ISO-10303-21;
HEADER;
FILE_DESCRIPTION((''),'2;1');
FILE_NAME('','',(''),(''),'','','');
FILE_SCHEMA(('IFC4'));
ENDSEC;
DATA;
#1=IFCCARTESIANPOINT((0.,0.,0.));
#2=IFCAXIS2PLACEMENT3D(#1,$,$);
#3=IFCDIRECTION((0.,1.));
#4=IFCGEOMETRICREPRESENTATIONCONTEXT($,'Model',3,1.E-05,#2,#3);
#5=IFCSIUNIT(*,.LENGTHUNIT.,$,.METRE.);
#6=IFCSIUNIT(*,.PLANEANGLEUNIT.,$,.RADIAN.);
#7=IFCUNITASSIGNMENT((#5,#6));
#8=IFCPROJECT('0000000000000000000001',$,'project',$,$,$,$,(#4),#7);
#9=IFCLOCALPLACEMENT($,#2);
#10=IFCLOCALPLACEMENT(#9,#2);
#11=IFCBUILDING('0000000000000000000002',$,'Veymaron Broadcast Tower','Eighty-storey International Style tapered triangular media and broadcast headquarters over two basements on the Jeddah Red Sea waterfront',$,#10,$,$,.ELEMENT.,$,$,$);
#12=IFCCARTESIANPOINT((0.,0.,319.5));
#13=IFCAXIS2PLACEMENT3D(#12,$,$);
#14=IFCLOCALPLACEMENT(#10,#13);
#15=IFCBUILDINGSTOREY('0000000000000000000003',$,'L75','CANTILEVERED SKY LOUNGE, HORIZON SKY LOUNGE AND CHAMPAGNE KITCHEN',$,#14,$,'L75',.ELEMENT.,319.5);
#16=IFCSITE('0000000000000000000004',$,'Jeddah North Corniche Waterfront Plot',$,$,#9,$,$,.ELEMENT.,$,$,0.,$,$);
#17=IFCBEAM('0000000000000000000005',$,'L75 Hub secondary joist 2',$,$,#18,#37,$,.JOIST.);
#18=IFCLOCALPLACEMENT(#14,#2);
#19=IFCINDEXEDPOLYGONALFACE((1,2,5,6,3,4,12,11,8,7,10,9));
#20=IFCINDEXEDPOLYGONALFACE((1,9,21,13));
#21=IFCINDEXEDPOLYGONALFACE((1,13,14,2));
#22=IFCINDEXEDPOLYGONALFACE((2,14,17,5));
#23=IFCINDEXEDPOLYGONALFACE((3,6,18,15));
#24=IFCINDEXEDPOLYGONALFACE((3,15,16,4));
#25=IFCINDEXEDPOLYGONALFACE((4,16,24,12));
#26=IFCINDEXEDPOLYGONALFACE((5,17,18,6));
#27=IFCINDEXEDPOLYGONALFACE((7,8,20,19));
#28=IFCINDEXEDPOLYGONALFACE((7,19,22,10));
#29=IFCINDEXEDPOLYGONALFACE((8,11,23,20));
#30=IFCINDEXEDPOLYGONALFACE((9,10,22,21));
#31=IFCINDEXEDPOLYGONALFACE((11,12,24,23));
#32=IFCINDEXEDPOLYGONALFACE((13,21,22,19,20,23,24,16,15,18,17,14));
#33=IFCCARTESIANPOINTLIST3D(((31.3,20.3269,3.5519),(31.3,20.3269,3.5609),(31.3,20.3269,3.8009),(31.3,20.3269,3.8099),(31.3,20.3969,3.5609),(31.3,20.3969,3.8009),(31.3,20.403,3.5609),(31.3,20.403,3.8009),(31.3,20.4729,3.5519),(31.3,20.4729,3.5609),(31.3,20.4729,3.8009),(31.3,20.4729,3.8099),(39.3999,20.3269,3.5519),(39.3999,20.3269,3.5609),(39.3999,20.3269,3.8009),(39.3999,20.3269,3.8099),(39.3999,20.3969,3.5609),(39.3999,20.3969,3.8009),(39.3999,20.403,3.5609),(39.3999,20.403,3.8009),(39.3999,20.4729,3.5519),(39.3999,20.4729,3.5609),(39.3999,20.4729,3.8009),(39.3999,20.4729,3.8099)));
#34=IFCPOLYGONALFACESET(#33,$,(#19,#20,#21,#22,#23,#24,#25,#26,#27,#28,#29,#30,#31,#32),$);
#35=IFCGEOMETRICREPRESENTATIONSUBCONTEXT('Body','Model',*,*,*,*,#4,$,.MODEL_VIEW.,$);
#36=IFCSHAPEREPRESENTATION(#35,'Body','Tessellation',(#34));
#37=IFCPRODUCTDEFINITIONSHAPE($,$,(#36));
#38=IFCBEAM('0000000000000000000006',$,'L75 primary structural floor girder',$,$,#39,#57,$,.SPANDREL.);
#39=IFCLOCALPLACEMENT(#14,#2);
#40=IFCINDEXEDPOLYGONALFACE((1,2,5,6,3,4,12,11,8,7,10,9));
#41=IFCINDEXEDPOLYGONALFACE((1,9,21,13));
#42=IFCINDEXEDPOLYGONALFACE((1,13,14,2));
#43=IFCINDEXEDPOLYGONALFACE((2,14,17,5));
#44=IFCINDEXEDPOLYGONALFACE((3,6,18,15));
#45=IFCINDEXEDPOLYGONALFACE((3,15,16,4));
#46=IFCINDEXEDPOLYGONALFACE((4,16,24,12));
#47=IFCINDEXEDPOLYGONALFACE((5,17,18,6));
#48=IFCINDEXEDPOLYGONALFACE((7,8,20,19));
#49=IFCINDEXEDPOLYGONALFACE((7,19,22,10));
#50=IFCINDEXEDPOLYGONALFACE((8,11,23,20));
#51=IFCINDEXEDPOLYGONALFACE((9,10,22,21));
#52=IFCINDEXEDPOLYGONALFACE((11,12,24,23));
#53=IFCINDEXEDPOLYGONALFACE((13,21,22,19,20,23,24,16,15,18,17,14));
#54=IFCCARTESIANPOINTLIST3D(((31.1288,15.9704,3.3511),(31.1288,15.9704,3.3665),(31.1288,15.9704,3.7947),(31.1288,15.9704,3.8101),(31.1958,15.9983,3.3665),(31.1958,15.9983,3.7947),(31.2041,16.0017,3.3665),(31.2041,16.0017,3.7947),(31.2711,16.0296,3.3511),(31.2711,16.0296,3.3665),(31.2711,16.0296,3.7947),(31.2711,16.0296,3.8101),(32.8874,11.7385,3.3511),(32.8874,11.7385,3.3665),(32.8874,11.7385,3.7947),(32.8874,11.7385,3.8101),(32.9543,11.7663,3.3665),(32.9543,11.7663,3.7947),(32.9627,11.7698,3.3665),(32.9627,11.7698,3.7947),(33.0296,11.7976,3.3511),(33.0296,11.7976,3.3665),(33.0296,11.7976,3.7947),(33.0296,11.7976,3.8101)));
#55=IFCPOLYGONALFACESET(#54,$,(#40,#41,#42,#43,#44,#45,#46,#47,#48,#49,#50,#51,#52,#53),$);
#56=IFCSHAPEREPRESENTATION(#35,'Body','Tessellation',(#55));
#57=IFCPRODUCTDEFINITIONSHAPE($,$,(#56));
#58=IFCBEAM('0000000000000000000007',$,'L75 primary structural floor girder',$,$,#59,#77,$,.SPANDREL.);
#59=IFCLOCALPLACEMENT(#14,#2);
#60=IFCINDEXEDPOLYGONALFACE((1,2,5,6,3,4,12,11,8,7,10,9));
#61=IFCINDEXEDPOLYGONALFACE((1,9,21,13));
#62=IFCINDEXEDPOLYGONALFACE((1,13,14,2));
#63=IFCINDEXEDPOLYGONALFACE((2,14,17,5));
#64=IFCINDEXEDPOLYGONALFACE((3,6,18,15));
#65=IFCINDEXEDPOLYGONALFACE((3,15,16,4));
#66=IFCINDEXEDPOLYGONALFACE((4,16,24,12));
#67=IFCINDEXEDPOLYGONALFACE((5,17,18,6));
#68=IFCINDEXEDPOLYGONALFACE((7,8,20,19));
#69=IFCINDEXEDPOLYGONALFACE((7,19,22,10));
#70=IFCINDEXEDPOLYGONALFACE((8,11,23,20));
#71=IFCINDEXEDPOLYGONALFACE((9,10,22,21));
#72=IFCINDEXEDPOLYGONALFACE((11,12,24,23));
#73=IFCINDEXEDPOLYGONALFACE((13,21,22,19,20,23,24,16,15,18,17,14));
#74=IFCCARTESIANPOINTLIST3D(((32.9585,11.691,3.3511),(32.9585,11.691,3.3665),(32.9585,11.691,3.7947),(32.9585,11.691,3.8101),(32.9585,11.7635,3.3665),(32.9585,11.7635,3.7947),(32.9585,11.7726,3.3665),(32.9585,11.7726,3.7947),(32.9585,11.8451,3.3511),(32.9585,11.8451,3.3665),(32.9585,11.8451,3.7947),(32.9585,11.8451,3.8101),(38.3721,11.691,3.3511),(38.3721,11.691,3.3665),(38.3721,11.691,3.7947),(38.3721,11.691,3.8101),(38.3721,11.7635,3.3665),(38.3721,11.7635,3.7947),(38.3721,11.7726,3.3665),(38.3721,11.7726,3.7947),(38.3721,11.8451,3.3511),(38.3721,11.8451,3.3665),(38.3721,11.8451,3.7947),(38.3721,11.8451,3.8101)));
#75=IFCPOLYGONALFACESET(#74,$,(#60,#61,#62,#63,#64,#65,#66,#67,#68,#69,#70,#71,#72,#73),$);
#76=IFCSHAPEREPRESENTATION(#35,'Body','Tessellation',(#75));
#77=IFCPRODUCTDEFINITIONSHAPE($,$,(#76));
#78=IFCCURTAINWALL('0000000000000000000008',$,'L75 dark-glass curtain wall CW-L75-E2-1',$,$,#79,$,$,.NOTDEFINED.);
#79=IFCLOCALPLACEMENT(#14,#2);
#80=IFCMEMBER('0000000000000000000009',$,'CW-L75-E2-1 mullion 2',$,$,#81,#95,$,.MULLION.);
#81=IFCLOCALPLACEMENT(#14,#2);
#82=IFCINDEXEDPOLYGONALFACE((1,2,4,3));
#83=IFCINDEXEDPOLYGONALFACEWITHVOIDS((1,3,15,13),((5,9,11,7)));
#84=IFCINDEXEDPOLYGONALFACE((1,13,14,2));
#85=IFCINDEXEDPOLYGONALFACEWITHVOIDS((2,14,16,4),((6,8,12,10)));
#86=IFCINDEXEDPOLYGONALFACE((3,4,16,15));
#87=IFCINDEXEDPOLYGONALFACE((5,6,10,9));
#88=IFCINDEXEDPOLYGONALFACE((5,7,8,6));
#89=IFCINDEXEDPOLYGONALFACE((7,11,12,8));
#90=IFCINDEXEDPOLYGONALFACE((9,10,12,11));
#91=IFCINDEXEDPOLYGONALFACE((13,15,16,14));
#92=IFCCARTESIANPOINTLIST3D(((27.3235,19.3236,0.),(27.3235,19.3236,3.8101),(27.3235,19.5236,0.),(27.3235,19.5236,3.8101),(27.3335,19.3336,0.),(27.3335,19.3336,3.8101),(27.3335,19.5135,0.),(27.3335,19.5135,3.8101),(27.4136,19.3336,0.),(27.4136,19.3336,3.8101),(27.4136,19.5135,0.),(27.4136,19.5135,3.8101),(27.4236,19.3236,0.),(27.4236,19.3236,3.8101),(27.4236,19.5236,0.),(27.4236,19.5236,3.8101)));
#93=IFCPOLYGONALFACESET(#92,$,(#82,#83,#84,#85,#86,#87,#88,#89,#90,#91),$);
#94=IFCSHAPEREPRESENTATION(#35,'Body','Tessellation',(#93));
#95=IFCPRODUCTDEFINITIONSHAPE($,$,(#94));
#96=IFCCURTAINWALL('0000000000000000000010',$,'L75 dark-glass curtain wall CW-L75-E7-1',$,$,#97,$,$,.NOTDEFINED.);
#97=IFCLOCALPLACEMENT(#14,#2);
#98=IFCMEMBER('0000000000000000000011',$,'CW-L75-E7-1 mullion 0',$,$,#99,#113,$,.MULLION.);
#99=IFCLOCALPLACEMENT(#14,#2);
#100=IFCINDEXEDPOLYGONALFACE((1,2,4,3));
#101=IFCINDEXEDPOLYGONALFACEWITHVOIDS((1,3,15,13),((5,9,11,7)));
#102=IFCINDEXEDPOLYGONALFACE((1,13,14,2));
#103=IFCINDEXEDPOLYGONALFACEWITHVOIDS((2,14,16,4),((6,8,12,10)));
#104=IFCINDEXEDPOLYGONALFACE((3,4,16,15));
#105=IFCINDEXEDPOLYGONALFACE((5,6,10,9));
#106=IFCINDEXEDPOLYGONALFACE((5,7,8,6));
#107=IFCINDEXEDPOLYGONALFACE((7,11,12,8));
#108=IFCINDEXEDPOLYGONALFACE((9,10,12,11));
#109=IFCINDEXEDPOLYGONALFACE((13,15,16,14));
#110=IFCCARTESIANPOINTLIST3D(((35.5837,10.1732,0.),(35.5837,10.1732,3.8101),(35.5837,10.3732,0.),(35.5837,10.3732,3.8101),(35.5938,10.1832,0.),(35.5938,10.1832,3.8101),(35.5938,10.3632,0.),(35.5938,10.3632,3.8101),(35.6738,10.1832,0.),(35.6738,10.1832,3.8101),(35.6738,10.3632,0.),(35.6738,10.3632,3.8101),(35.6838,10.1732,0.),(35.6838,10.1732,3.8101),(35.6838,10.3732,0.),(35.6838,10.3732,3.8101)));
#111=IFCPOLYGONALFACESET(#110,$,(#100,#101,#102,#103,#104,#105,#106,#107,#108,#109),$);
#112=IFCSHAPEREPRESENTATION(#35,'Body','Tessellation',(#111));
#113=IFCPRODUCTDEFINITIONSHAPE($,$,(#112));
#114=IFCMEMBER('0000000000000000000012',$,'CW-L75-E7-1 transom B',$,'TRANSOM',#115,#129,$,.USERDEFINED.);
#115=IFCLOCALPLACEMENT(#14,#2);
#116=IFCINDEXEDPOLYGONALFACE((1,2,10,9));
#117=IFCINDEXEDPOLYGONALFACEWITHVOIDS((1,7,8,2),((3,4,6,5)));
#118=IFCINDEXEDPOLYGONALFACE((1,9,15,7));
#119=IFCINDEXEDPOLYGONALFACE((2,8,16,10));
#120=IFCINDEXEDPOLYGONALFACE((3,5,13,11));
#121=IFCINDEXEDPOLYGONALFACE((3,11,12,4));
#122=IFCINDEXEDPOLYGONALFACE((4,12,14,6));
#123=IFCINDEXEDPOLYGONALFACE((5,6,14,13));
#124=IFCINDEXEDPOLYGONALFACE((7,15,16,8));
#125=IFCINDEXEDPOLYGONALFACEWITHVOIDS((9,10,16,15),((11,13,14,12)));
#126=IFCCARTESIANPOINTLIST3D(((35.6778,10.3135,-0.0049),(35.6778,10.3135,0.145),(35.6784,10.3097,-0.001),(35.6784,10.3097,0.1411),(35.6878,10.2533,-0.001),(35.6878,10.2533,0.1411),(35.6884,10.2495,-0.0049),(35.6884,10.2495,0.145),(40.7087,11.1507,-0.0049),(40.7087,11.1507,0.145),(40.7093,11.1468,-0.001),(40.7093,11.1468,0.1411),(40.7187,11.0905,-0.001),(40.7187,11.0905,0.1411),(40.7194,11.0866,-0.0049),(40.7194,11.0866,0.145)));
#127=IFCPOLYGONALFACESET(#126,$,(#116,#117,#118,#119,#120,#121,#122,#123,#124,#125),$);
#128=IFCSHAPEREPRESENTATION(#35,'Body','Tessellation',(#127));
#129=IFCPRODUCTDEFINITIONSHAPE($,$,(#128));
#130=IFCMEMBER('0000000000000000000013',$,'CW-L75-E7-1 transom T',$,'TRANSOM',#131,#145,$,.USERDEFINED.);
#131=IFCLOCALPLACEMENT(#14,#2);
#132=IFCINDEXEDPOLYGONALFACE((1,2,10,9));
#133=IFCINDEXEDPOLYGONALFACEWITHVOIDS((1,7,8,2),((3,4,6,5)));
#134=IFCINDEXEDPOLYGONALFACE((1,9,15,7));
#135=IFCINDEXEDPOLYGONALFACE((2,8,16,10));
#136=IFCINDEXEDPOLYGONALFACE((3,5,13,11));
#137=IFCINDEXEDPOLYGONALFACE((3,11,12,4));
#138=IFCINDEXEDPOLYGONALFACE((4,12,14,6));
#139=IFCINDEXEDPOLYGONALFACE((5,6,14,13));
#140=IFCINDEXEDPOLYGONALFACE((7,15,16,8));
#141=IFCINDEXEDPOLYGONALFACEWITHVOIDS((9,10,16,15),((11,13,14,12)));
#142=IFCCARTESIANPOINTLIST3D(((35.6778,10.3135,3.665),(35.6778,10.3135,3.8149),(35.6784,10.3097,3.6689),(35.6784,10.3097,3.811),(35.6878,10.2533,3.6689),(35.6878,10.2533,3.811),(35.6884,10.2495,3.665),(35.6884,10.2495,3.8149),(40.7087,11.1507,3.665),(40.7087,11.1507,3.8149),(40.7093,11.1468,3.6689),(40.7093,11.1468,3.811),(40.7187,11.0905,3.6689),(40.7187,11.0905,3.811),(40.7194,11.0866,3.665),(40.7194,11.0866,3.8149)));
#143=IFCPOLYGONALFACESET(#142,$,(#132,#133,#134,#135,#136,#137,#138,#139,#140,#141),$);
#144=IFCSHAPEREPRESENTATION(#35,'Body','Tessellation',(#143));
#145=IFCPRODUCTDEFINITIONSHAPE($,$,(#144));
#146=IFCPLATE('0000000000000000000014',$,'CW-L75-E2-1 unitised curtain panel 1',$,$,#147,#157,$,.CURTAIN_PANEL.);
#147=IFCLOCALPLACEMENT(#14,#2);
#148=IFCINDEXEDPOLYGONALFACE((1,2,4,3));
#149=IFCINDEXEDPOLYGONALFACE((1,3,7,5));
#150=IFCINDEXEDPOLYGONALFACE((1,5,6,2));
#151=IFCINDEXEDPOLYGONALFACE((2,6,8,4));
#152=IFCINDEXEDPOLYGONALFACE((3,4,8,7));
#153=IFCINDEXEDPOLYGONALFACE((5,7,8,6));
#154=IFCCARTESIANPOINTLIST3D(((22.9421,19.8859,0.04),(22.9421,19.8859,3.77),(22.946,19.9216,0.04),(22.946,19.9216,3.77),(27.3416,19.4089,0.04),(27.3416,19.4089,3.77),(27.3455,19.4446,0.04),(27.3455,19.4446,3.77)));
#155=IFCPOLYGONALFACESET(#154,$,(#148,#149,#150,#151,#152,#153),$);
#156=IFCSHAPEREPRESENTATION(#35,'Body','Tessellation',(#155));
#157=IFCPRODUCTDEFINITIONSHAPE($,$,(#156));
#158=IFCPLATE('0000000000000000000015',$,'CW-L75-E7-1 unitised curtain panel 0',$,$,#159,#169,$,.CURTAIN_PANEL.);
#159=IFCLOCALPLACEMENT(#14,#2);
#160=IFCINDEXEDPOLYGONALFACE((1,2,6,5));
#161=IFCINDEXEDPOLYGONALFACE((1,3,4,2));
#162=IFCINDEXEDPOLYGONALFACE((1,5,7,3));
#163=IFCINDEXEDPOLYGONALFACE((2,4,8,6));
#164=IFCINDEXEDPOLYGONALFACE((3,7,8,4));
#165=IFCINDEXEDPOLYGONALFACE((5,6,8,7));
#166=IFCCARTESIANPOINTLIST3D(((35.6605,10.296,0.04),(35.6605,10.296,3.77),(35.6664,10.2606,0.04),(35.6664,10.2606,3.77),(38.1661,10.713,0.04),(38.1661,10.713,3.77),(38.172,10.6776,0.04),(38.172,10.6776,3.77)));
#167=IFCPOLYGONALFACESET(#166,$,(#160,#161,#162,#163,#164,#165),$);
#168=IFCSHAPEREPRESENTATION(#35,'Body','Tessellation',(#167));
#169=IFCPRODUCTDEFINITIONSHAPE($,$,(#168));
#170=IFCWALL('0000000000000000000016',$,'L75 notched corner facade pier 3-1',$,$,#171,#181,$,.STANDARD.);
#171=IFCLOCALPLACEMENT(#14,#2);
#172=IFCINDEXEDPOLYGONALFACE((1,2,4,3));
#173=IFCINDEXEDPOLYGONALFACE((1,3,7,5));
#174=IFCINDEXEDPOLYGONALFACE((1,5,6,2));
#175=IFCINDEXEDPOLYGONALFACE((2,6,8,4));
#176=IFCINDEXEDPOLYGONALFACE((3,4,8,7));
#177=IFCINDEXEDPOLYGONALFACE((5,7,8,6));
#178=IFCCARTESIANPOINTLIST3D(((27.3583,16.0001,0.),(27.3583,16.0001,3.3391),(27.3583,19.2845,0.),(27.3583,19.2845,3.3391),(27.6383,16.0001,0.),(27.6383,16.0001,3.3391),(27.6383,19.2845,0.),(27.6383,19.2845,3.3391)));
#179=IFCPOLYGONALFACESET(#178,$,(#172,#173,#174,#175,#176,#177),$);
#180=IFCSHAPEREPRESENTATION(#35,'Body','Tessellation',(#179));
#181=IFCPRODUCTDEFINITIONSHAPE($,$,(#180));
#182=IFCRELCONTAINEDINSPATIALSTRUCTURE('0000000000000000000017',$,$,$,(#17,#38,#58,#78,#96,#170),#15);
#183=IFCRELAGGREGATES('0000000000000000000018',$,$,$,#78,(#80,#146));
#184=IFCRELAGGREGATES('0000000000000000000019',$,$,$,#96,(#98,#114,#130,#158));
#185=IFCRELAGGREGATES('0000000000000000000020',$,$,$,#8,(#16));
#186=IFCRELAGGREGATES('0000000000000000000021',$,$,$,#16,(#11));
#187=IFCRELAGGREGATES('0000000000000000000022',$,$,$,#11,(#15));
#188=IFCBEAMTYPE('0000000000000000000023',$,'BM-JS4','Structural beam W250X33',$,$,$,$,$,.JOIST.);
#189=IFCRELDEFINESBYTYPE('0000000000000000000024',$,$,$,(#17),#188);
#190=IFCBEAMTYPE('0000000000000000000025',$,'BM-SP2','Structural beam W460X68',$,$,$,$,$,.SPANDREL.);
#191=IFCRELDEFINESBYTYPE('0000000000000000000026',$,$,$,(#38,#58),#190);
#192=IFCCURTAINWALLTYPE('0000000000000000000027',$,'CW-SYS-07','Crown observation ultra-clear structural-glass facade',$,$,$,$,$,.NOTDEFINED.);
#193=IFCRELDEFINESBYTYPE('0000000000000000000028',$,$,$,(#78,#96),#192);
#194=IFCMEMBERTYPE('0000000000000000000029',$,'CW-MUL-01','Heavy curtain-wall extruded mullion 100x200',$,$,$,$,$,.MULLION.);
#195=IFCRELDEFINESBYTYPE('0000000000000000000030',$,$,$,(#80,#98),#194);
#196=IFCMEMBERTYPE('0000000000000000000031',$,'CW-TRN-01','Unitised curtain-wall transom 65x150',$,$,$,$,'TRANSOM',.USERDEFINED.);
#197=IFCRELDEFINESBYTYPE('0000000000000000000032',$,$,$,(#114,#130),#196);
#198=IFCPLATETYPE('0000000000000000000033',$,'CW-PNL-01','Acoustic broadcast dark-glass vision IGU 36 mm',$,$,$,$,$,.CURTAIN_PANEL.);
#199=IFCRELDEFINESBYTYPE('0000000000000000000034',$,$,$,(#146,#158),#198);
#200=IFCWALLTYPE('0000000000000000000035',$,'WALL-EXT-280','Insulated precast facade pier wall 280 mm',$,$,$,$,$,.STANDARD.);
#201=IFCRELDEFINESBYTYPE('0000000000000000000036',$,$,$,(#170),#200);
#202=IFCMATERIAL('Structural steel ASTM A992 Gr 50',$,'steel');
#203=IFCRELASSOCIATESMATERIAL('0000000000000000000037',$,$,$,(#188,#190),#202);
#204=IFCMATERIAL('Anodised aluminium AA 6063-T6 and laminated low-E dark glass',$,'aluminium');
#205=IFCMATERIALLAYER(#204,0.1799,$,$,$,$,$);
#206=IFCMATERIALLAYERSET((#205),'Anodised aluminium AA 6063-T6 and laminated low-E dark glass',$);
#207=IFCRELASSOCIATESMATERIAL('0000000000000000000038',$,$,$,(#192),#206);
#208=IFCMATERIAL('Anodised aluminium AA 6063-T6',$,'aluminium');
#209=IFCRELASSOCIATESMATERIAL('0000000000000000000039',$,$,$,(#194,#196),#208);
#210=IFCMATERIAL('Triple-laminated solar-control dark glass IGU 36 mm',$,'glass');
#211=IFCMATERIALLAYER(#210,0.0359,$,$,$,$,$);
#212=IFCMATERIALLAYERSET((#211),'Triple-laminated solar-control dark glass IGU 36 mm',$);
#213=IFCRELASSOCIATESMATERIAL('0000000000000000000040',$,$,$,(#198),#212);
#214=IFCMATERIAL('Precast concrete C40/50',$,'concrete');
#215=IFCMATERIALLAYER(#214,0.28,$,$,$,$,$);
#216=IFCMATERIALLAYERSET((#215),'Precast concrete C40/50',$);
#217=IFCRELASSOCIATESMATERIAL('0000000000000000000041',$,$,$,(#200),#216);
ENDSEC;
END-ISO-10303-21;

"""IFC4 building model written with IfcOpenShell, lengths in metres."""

from ifc_helpers import new_model, si_unit, direction, frame, frame_2d, origin, origin_2d, place, context, subcontext, project, spatial, rectangle, hollow_rectangle, i_section, extrude, material, layer, layer_set, material_profile, profile_set, type_object, element, aggregate, save


model = new_model("IFC4")

# Units and contexts
model_context = context("Model", 3, precision=1e-05, world=origin(), true_north=direction((0.0, 1.0)))
body_context = subcontext(model_context, "Body", "Model", "MODEL_VIEW")
ifc_project = project(units=[si_unit("LENGTHUNIT", "METRE"), si_unit("PLANEANGLEUNIT", "RADIAN")], contexts=[model_context])

# Site, building, storey
site_placement = place(None, origin())
site = spatial("IfcSite", under=ifc_project, at=site_placement, Name="Jeddah North Corniche Waterfront Plot", CompositionType="ELEMENT", RefElevation=0.0)
building_placement = place(site_placement, origin())
building = spatial("IfcBuilding", under=site, at=building_placement, Name="Veymaron Broadcast Tower", Description="Eighty-storey International Style tapered triangular media and broadcast headquarters over two basements on the Jeddah Red Sea waterfront", CompositionType="ELEMENT")
storey_placement = place(building_placement, frame((0.0, 0.0, 319.5)))
storey = spatial("IfcBuildingStorey", under=building, at=storey_placement, Name="L75", Description="CANTILEVERED SKY LOUNGE, HORIZON SKY LOUNGE AND CHAMPAGNE KITCHEN", LongName="L75", CompositionType="ELEMENT", Elevation=319.5)

# Shared definitions
ifc_material_1 = material(Name="Structural steel ASTM A992 Gr 50", Category="steel")

# Beams
ifc_material_profile_1 = material_profile(ifc_material_1, i_section(OverallWidth=0.146, OverallDepth=0.2581, WebThickness=0.0061, FlangeThickness=0.009, at=origin_2d()), Name="W250X33")
ifc_profile_set_1 = profile_set([ifc_material_profile_1], Name="Structural steel ASTM A992 Gr 50")
beam_type_1 = type_object("IfcBeamType", Name="BM-JS4", Description="Structural beam W250X33", PredefinedType="JOIST", material=ifc_profile_set_1)
for number, where, z_axis, x_axis, name in (
    (1, (31.3, 20.3999, 3.6809), (1.0, 0.0, 0.0), (0.0, 1.0, 0.0), "L75 Hub secondary joist 2"),
):
    element("IfcBeam", number, at=place(storey_placement, frame(where, z_axis=z_axis, x_axis=x_axis)), inside=storey, type_object=beam_type_1, Name=name, PredefinedType="JOIST", context=body_context, shape_type="SweptSolid", body=[
        extrude(i_section(OverallWidth=0.146, OverallDepth=0.2581, WebThickness=0.0061, FlangeThickness=0.009, at=origin_2d()), origin(), (0.0, 0.0, 1.0), 8.0999),
    ])
ifc_material_profile_2 = material_profile(ifc_material_1, i_section(OverallWidth=0.1541, OverallDepth=0.459, WebThickness=0.009, FlangeThickness=0.0154, at=origin_2d()), Name="W460X68")
ifc_profile_set_2 = profile_set([ifc_material_profile_2], Name="Structural steel ASTM A992 Gr 50")
beam_type_2 = type_object("IfcBeamType", Name="BM-SP2", Description="Structural beam W460X68", PredefinedType="SPANDREL", material=ifc_profile_set_2)
beam_1_placement = place(storey_placement, frame((31.2, 16.0, 3.5806), z_axis=(0.38373, -0.923445, 0.0), x_axis=(0.923445, 0.38373, 0.0)))
element("IfcBeam", 2, at=beam_1_placement, inside=storey, type_object=beam_type_2, Name="L75 primary structural floor girder", PredefinedType="SPANDREL", context=body_context, shape_type="SweptSolid", body=[
    extrude(i_section(OverallWidth=0.1541, OverallDepth=0.459, WebThickness=0.009, FlangeThickness=0.0154, at=origin_2d()), origin(), (0.0, 0.0, 1.0), 4.5828),
])
beam_2_placement = place(storey_placement, frame((32.9585, 11.7681, 3.5806), z_axis=(1.0, 0.0, 0.0), x_axis=(0.0, 1.0, 0.0)))
element("IfcBeam", 3, at=beam_2_placement, inside=storey, type_object=beam_type_2, Name="L75 primary structural floor girder", PredefinedType="SPANDREL", context=body_context, shape_type="SweptSolid", body=[
    extrude(i_section(OverallWidth=0.1541, OverallDepth=0.459, WebThickness=0.009, FlangeThickness=0.0154, at=origin_2d()), origin(), (0.0, 0.0, 1.0), 5.4136),
])

# Curtain wall, member
ifc_material_2 = material(Name="Anodised aluminium AA 6063-T6 and laminated low-E dark glass", Category="aluminium")
ifc_layer_1 = layer(ifc_material_2, 0.1799)
ifc_layer_set_1 = layer_set([ifc_layer_1], Name="Anodised aluminium AA 6063-T6 and laminated low-E dark glass")
curtain_wall_type = type_object("IfcCurtainWallType", Name="CW-SYS-07", Description="Crown observation ultra-clear structural-glass facade", PredefinedType="NOTDEFINED", material=ifc_layer_set_1)
curtain_wall_1_placement = place(storey_placement, origin())
curtain_wall_1 = element("IfcCurtainWall", 4, at=curtain_wall_1_placement, inside=storey, type_object=curtain_wall_type, Name="L75 dark-glass curtain wall CW-L75-E2-1", PredefinedType="NOTDEFINED")
ifc_material_3 = material(Name="Anodised aluminium AA 6063-T6", Category="aluminium")
ifc_material_profile_3 = material_profile(ifc_material_3, hollow_rectangle(XDim=0.1001, YDim=0.2, WallThickness=0.01, at=origin_2d()), Name="RHS200X100X10")
ifc_profile_set_3 = profile_set([ifc_material_profile_3], Name="Anodised aluminium AA 6063-T6")
member_type_1 = type_object("IfcMemberType", Name="CW-MUL-01", Description="Heavy curtain-wall extruded mullion 100x200", PredefinedType="MULLION", material=ifc_profile_set_3)
member_1_placement = place(storey_placement, frame((27.3735, 19.4236, 0.0), z_axis=(0.0, 0.0, 1.0), x_axis=(1.0, 0.0, 0.0)))
member_1 = element("IfcMember", 5, at=member_1_placement, type_object=member_type_1, Name="CW-L75-E2-1 mullion 2", PredefinedType="MULLION", context=body_context, shape_type="SweptSolid", body=[
    extrude(hollow_rectangle(XDim=0.1001, YDim=0.2, WallThickness=0.01, at=origin_2d()), origin(), (0.0, 0.0, 1.0), 3.8101),
])

# Curtain wall, members
curtain_wall_2_placement = place(storey_placement, origin())
curtain_wall_2 = element("IfcCurtainWall", 6, at=curtain_wall_2_placement, inside=storey, type_object=curtain_wall_type, Name="L75 dark-glass curtain wall CW-L75-E7-1", PredefinedType="NOTDEFINED")
member_2_placement = place(storey_placement, frame((35.6338, 10.2732, 0.0), z_axis=(0.0, 0.0, 1.0), x_axis=(1.0, 0.0, 0.0)))
member_2 = element("IfcMember", 7, at=member_2_placement, type_object=member_type_1, Name="CW-L75-E7-1 mullion 0", PredefinedType="MULLION", context=body_context, shape_type="SweptSolid", body=[
    extrude(hollow_rectangle(XDim=0.1001, YDim=0.2, WallThickness=0.01, at=origin_2d()), origin(), (0.0, 0.0, 1.0), 3.8101),
])
ifc_material_profile_4 = material_profile(ifc_material_3, hollow_rectangle(XDim=0.0649, YDim=0.1499, WallThickness=0.0039, at=origin_2d()), Name="AL150X65X4")
ifc_profile_set_4 = profile_set([ifc_material_profile_4], Name="Anodised aluminium AA 6063-T6")
member_type_2 = type_object("IfcMemberType", Name="CW-TRN-01", Description="Unitised curtain-wall transom 65x150", ElementType="TRANSOM", PredefinedType="USERDEFINED", material=ifc_profile_set_4)
member_3_placement = place(storey_placement, frame((35.6831, 10.2815, 0.0701), z_axis=(0.986437, 0.164143, 0.0), x_axis=(-0.164143, 0.986437, 0.0)))
member_3 = element("IfcMember", 8, at=member_3_placement, type_object=member_type_2, Name="CW-L75-E7-1 transom B", ObjectType="TRANSOM", PredefinedType="USERDEFINED", context=body_context, shape_type="SweptSolid", body=[
    extrude(hollow_rectangle(XDim=0.0649, YDim=0.1499, WallThickness=0.0039, at=origin_2d()), origin(), (0.0, 0.0, 1.0), 5.1001),
])
member_4_placement = place(storey_placement, frame((35.6831, 10.2815, 3.74), z_axis=(0.986437, 0.164143, 0.0), x_axis=(-0.164143, 0.986437, 0.0)))
member_4 = element("IfcMember", 9, at=member_4_placement, type_object=member_type_2, Name="CW-L75-E7-1 transom T", ObjectType="TRANSOM", PredefinedType="USERDEFINED", context=body_context, shape_type="SweptSolid", body=[
    extrude(hollow_rectangle(XDim=0.0649, YDim=0.1499, WallThickness=0.0039, at=origin_2d()), origin(), (0.0, 0.0, 1.0), 5.1001),
])

# Plates
ifc_material_4 = material(Name="Triple-laminated solar-control dark glass IGU 36 mm", Category="glass")
ifc_layer_2 = layer(ifc_material_4, 0.0359)
ifc_layer_set_2 = layer_set([ifc_layer_2], Name="Triple-laminated solar-control dark glass IGU 36 mm")
plate_type = type_object("IfcPlateType", Name="CW-PNL-01", Description="Acoustic broadcast dark-glass vision IGU 36 mm", PredefinedType="CURTAIN_PANEL", material=ifc_layer_set_2)
plate_1_placement = place(storey_placement, frame((25.1438, 19.6653, 0.04), z_axis=(0.0, 0.0, 1.0), x_axis=(0.994174, -0.107791, 0.0)))
plate_1 = element("IfcPlate", 10, at=plate_1_placement, type_object=plate_type, Name="CW-L75-E2-1 unitised curtain panel 1", PredefinedType="CURTAIN_PANEL", context=body_context, shape_type="SweptSolid", body=[
    extrude(rectangle(XDim=4.4253, YDim=0.0359, at=origin_2d()), origin(), (0.0, 0.0, 1.0), 3.73),
])
aggregate(curtain_wall_1, [member_1, plate_1])
plate_2_placement = place(storey_placement, frame((36.9163, 10.4868, 0.04), z_axis=(0.0, 0.0, 1.0), x_axis=(0.986435, 0.164152, 0.0)))
plate_2 = element("IfcPlate", 11, at=plate_2_placement, type_object=plate_type, Name="CW-L75-E7-1 unitised curtain panel 0", PredefinedType="CURTAIN_PANEL", context=body_context, shape_type="SweptSolid", body=[
    extrude(rectangle(XDim=2.54, YDim=0.0359, at=origin_2d()), origin(), (0.0, 0.0, 1.0), 3.73),
])
aggregate(curtain_wall_2, [member_2, member_3, member_4, plate_2])

# Wall
ifc_material_5 = material(Name="Precast concrete C40/50", Category="concrete")
ifc_layer_3 = layer(ifc_material_5, 0.28)
ifc_layer_set_3 = layer_set([ifc_layer_3], Name="Precast concrete C40/50")
wall_type_1 = type_object("IfcWallType", Name="WALL-EXT-280", Description="Insulated precast facade pier wall 280 mm", PredefinedType="STANDARD", material=ifc_layer_set_3)
wall_1_placement = place(storey_placement, frame((27.4983, 19.2844, 0.0), z_axis=(0.0, 0.0, 1.0), x_axis=(0.0, -1.0, 0.0)))
element("IfcWall", 12, at=wall_1_placement, inside=storey, type_object=wall_type_1, Name="L75 notched corner facade pier 3-1", PredefinedType="STANDARD", context=body_context, shape_type="SweptSolid", body=[
    extrude(rectangle(XDim=3.2844, YDim=0.28, at=frame_2d((1.6421, 0.0))), origin(), (0.0, 0.0, 1.0), 3.3391),
])

save(model, "model.ifc")
